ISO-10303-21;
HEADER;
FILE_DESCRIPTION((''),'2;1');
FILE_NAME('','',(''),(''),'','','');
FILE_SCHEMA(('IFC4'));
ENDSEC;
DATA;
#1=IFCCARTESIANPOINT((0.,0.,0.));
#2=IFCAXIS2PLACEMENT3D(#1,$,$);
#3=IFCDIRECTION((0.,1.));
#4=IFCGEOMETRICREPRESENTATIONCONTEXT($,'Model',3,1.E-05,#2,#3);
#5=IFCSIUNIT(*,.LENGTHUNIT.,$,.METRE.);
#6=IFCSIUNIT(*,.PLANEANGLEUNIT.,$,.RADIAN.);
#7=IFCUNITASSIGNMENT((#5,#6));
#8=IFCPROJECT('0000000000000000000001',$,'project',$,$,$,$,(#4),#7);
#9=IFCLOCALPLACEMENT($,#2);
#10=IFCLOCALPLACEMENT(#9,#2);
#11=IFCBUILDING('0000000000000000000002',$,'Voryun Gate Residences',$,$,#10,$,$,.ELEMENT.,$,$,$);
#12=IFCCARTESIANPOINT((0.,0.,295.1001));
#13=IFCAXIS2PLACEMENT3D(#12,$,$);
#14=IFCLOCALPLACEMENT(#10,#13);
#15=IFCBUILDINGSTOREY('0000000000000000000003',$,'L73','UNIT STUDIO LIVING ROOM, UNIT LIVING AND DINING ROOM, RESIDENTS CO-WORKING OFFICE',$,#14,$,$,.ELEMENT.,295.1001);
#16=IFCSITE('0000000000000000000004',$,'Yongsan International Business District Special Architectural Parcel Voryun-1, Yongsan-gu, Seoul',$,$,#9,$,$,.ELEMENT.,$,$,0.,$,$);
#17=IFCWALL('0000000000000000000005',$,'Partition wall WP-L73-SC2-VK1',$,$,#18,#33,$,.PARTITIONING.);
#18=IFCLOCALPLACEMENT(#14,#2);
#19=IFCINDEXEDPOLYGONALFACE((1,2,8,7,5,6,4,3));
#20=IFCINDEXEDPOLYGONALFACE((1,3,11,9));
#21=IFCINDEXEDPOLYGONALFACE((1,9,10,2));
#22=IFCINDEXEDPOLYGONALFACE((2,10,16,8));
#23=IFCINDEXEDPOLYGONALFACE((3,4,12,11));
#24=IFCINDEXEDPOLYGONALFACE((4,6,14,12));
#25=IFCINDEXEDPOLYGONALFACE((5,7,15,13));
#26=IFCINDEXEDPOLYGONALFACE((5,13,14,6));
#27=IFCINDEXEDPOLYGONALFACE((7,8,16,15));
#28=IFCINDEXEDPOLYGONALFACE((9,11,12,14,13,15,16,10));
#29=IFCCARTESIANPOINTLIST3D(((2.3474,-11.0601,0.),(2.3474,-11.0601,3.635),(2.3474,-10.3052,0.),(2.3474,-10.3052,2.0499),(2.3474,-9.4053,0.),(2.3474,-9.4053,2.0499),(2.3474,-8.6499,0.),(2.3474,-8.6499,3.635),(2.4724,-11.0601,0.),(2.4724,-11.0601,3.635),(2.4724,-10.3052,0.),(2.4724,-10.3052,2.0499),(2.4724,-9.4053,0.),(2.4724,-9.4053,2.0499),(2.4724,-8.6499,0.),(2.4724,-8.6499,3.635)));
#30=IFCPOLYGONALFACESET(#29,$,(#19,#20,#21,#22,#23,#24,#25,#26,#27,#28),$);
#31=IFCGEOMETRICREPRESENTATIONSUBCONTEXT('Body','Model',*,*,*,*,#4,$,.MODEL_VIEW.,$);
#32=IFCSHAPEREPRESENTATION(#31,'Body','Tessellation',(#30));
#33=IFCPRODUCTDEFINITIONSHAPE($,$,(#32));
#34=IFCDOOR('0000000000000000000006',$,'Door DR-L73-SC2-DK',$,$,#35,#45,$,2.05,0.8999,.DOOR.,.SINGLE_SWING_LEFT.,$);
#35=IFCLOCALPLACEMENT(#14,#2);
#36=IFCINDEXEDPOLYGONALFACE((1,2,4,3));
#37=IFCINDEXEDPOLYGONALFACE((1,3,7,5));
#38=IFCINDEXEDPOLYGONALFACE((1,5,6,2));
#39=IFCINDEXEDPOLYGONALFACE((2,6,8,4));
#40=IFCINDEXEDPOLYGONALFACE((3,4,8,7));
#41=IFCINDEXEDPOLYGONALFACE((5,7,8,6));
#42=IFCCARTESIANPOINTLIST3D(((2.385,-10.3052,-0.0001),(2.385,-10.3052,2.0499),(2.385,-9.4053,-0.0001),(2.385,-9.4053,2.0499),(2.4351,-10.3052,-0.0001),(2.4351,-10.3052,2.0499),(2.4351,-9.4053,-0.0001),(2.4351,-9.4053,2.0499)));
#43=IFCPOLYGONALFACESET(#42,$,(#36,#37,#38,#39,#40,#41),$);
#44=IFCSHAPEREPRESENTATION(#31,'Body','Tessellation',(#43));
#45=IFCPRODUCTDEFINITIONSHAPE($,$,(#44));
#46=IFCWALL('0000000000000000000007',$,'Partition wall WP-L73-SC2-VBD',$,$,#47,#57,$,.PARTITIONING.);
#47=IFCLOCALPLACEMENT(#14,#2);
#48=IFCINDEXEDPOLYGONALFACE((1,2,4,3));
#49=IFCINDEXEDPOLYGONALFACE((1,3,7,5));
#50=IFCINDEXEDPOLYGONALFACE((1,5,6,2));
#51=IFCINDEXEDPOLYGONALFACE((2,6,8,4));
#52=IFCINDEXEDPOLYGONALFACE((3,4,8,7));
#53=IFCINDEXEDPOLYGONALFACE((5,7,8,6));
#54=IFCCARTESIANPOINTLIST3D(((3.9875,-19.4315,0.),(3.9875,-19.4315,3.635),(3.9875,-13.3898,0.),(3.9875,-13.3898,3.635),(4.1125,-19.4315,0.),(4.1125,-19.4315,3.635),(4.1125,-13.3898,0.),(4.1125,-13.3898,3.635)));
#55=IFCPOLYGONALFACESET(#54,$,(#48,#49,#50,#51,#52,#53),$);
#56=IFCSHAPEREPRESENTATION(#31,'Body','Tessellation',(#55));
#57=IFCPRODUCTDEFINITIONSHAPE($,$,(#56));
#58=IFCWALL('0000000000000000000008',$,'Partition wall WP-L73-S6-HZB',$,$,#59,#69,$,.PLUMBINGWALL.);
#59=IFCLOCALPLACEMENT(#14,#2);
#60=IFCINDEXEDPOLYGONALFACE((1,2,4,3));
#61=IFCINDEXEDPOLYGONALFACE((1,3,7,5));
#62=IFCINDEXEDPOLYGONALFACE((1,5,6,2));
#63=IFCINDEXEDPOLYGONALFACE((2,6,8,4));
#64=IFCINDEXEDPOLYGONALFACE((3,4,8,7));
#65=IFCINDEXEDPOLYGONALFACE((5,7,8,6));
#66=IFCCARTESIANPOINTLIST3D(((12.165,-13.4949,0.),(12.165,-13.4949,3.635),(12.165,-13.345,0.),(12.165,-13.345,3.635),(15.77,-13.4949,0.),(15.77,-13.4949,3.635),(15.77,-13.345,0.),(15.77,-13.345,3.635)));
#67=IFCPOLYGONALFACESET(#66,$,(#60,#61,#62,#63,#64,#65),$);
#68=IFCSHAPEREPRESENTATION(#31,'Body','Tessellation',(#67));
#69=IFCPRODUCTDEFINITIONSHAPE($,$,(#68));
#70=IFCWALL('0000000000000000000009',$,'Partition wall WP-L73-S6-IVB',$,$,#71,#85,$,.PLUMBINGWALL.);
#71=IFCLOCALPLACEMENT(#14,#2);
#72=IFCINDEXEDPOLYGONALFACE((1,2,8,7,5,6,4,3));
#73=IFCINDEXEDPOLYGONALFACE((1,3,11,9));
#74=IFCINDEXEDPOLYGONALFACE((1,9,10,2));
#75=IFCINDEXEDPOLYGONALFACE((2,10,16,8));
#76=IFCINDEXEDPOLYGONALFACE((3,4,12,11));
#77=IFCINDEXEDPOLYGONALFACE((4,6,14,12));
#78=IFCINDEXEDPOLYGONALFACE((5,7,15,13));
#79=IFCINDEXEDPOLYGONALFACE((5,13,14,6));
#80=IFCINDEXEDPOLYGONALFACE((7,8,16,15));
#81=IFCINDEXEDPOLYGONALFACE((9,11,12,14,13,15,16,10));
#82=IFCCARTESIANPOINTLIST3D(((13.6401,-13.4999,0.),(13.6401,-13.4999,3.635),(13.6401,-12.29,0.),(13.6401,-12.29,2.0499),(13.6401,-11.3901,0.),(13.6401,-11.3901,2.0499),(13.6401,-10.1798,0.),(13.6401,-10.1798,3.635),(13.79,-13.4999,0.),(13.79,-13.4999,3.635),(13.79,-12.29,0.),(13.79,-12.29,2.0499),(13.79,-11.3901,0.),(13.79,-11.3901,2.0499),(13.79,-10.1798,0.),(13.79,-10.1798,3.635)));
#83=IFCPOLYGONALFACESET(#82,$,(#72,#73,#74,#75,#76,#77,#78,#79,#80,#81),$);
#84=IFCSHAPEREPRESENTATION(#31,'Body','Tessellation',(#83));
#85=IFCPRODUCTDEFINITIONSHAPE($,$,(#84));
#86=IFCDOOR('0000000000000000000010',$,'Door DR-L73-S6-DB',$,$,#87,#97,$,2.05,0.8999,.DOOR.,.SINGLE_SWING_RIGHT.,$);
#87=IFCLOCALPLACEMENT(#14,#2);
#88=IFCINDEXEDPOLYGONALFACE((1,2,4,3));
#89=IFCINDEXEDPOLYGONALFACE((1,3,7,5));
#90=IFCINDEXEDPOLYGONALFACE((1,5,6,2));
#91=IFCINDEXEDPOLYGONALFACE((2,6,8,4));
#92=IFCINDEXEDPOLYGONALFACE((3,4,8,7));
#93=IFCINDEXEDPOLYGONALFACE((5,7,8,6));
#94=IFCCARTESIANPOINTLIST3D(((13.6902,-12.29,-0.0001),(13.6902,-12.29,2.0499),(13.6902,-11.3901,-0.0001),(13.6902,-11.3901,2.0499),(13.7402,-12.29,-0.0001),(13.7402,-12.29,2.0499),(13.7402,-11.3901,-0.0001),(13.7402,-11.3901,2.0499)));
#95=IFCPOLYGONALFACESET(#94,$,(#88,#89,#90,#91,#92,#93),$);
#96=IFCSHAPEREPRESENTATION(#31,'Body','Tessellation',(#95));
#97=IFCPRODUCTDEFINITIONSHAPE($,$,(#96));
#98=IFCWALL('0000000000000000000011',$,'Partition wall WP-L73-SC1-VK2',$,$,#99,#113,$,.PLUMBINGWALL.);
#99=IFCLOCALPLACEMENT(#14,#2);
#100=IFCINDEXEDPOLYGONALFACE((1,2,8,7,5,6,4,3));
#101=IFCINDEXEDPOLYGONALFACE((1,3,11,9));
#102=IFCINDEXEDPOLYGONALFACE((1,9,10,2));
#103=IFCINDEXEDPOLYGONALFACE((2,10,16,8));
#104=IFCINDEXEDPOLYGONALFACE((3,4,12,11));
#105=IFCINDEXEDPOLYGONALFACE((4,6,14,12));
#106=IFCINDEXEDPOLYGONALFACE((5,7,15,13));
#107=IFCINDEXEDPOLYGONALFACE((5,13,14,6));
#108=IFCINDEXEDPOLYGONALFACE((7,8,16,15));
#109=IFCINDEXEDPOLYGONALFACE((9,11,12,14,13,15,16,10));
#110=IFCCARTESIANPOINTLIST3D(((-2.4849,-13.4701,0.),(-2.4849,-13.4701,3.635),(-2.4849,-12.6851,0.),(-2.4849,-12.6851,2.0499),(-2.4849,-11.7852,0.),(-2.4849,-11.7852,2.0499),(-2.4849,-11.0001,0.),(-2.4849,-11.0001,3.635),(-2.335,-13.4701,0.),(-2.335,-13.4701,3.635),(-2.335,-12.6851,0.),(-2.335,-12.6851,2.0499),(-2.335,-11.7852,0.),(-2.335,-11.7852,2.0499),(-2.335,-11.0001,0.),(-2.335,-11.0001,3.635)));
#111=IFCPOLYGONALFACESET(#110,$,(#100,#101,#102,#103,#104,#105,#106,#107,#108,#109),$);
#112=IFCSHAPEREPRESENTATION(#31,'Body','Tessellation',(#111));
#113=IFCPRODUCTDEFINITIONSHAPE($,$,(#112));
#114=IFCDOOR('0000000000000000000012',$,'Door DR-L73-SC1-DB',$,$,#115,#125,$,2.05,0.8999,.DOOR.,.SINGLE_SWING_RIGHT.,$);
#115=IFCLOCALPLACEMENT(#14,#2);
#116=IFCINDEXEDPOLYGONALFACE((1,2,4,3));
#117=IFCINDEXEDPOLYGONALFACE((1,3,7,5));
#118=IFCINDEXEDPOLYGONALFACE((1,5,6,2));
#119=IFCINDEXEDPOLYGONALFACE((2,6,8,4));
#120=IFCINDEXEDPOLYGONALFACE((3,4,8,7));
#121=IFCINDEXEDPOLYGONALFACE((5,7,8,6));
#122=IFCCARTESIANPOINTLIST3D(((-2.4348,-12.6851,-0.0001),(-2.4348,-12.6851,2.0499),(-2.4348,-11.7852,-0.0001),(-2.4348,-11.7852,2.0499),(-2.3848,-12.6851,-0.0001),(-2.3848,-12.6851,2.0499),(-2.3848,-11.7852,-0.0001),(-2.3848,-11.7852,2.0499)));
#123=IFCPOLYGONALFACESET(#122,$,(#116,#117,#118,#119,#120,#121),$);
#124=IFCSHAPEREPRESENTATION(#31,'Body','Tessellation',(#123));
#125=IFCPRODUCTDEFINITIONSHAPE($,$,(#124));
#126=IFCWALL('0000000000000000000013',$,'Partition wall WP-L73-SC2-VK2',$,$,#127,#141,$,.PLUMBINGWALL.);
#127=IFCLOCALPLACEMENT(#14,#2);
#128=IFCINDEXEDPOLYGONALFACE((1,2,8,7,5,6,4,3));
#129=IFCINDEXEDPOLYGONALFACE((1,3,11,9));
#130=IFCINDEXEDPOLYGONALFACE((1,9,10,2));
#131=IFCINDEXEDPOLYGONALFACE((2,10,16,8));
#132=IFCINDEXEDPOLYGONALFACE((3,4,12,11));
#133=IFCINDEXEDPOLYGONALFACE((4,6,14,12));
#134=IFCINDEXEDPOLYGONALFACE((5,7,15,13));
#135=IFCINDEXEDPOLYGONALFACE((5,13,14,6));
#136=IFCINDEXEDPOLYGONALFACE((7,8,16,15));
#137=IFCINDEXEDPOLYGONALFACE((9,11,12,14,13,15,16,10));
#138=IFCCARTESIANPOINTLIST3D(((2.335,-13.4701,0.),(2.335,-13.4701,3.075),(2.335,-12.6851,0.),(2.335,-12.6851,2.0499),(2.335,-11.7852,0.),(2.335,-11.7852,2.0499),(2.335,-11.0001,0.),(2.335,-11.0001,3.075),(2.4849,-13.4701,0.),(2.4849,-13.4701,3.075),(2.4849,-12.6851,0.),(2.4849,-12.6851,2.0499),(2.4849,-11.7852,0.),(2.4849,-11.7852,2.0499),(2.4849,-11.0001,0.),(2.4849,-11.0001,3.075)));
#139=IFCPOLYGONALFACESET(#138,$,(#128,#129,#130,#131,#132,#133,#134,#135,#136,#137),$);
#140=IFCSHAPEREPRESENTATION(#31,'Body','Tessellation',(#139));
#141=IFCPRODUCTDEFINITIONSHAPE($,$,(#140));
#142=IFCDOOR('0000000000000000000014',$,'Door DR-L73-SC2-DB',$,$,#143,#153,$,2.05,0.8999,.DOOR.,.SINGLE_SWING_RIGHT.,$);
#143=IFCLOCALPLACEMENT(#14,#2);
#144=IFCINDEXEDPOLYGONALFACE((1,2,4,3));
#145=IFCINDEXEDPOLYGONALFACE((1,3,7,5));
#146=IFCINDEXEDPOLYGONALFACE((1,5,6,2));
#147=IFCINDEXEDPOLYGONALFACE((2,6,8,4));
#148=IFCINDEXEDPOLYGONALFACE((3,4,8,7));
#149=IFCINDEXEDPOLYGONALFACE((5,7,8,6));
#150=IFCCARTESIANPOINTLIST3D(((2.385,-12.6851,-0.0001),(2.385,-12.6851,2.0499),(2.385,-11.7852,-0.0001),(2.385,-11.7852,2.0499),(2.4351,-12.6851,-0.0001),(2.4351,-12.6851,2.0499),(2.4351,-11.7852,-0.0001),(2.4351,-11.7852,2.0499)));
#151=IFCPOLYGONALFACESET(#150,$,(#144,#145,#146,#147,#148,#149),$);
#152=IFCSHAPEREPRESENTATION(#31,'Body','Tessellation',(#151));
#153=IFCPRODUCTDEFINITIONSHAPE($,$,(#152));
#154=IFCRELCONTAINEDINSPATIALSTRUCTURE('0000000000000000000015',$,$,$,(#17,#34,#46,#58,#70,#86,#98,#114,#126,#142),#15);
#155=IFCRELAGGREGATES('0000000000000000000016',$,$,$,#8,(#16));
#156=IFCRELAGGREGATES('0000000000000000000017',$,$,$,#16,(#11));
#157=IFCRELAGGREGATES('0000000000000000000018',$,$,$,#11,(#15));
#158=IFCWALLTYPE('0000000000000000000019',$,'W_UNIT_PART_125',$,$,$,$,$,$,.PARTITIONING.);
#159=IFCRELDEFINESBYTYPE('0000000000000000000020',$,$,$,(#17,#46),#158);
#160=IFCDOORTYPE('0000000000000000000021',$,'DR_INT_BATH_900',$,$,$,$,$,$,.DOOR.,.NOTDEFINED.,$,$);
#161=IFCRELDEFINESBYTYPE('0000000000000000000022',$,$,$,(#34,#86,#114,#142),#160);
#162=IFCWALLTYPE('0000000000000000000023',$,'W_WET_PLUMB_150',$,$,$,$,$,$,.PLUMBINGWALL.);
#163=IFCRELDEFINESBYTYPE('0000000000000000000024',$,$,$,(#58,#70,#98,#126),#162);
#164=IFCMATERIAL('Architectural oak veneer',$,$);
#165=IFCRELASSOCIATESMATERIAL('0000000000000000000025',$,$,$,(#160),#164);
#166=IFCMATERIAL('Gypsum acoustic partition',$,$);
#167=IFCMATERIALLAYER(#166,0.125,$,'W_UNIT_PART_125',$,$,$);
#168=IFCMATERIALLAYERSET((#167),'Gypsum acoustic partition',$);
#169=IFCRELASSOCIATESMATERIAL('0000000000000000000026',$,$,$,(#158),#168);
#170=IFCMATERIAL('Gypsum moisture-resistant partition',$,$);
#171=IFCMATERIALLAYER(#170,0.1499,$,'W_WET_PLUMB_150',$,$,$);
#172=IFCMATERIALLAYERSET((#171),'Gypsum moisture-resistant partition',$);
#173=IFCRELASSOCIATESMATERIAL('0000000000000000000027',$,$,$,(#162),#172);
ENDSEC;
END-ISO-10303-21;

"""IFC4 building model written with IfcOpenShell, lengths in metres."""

from ifc_helpers import new_model, si_unit, direction, frame, frame_2d, origin, place, context, subcontext, project, spatial, rectangle, extrude, material, layer, layer_set, type_object, element, fill, save


model = new_model("IFC4")

# Units and contexts
model_context = context("Model", 3, precision=1e-05, world=origin(), true_north=direction((0.0, 1.0)))
body_context = subcontext(model_context, "Body", "Model", "MODEL_VIEW")
ifc_project = project(units=[si_unit("LENGTHUNIT", "METRE"), si_unit("PLANEANGLEUNIT", "RADIAN")], contexts=[model_context])

# Site, building, storey
site_placement = place(None, origin())
site = spatial("IfcSite", under=ifc_project, at=site_placement, Name="Yongsan International Business District Special Architectural Parcel Voryun-1, Yongsan-gu, Seoul", CompositionType="ELEMENT", RefElevation=0.0)
building_placement = place(site_placement, origin())
building = spatial("IfcBuilding", under=site, at=building_placement, Name="Voryun Gate Residences", CompositionType="ELEMENT")
storey_placement = place(building_placement, frame((0.0, 0.0, 295.1001)))
storey = spatial("IfcBuildingStorey", under=building, at=storey_placement, Name="L73", Description="UNIT STUDIO LIVING ROOM, UNIT LIVING AND DINING ROOM, RESIDENTS CO-WORKING OFFICE", CompositionType="ELEMENT", Elevation=295.1001)

# Shared definitions
ifc_material_1 = material(Name="Architectural oak veneer")
door_type_1 = type_object("IfcDoorType", Name="DR_INT_BATH_900", OperationType="NOTDEFINED", PredefinedType="DOOR", material=ifc_material_1)

# Shared definitions
ifc_material_2 = material(Name="Gypsum acoustic partition")
ifc_layer_1 = layer(ifc_material_2, 0.125, Name="W_UNIT_PART_125")
ifc_layer_set_1 = layer_set([ifc_layer_1], Name="Gypsum acoustic partition")
wall_type_1 = type_object("IfcWallType", Name="W_UNIT_PART_125", PredefinedType="PARTITIONING", material=ifc_layer_set_1)

# Wall, opening, door
wall_1_placement = place(storey_placement, frame((2.4099, -11.0601, 0.0), z_axis=(0.0, 0.0, 1.0), x_axis=(0.0, 1.0, 0.0)))
wall_1 = element("IfcWall", 1, at=wall_1_placement, inside=storey, type_object=wall_type_1, Name="Partition wall WP-L73-SC2-VK1", PredefinedType="PARTITIONING", context=body_context, shape_type="SweptSolid", body=[
    extrude(rectangle(XDim=2.4102, YDim=0.125, at=frame_2d((1.2051, 0.0))), origin(), (0.0, 0.0, 1.0), 3.635),
])
opening_1_placement = place(wall_1_placement, frame((0.7549, 0.0, 0.0)))
opening_1 = element("IfcOpeningElement", 2, at=opening_1_placement, cuts=wall_1, PredefinedType="OPENING", context=body_context, shape_type="SweptSolid", body=[
    extrude(rectangle(XDim=0.8999, YDim=2.05, at=frame_2d((0.45, 1.0249))), frame((0.0, 0.0725, 0.0), z_axis=(0.0, -1.0, 0.0), x_axis=(1.0, 0.0, 0.0)), (0.0, 0.0, 1.0), 0.145),
])
door_1_placement = place(opening_1_placement, origin())
door_1 = element("IfcDoor", 3, at=door_1_placement, inside=storey, type_object=door_type_1, Name="Door DR-L73-SC2-DK", OperationType="SINGLE_SWING_LEFT", OverallHeight=2.05, OverallWidth=0.8999, PredefinedType="DOOR", context=body_context, shape_type="SweptSolid", body=[
    extrude(rectangle(XDim=0.8999, YDim=2.05, at=frame_2d((0.45, 1.0249))), frame((0.0, 0.0249, 0.0), z_axis=(0.0, -1.0, 0.0), x_axis=(1.0, 0.0, 0.0)), (0.0, 0.0, 1.0), 0.05),
])
fill(opening_1, door_1)

# Walls
wall_2_placement = place(storey_placement, frame((4.05, -19.4316, 0.0), z_axis=(0.0, 0.0, 1.0), x_axis=(0.0, 1.0, 0.0)))
element("IfcWall", 4, at=wall_2_placement, inside=storey, type_object=wall_type_1, Name="Partition wall WP-L73-SC2-VBD", PredefinedType="PARTITIONING", context=body_context, shape_type="SweptSolid", body=[
    extrude(rectangle(XDim=6.0417, YDim=0.125, at=frame_2d((3.021, 0.0))), origin(), (0.0, 0.0, 1.0), 3.635),
])
ifc_material_3 = material(Name="Gypsum moisture-resistant partition")
ifc_layer_2 = layer(ifc_material_3, 0.1499, Name="W_WET_PLUMB_150")
ifc_layer_set_2 = layer_set([ifc_layer_2], Name="Gypsum moisture-resistant partition")
wall_type_2 = type_object("IfcWallType", Name="W_WET_PLUMB_150", PredefinedType="PLUMBINGWALL", material=ifc_layer_set_2)
wall_3_placement = place(storey_placement, frame((12.165, -13.4199, 0.0), z_axis=(0.0, 0.0, 1.0), x_axis=(1.0, 0.0, 0.0)))
element("IfcWall", 5, at=wall_3_placement, inside=storey, type_object=wall_type_2, Name="Partition wall WP-L73-S6-HZB", PredefinedType="PLUMBINGWALL", context=body_context, shape_type="SweptSolid", body=[
    extrude(rectangle(XDim=3.605, YDim=0.1499, at=frame_2d((1.8025, 0.0))), origin(), (0.0, 0.0, 1.0), 3.635),
])

# Walls, openings, doors
wall_4_placement = place(storey_placement, frame((13.7151, -13.5, 0.0), z_axis=(0.0, 0.0, 1.0), x_axis=(0.0, 1.0, 0.0)))
wall_4 = element("IfcWall", 6, at=wall_4_placement, inside=storey, type_object=wall_type_2, Name="Partition wall WP-L73-S6-IVB", PredefinedType="PLUMBINGWALL", context=body_context, shape_type="SweptSolid", body=[
    extrude(rectangle(XDim=3.3201, YDim=0.1499, at=frame_2d((1.6602, 0.0))), origin(), (0.0, 0.0, 1.0), 3.635),
])
opening_2_placement = place(wall_4_placement, frame((1.21, 0.0, 0.0)))
opening_2 = element("IfcOpeningElement", 7, at=opening_2_placement, cuts=wall_4, PredefinedType="OPENING", context=body_context, shape_type="SweptSolid", body=[
    extrude(rectangle(XDim=0.8999, YDim=2.05, at=frame_2d((0.45, 1.0249))), frame((0.0, 0.085, 0.0), z_axis=(0.0, -1.0, 0.0), x_axis=(1.0, 0.0, 0.0)), (0.0, 0.0, 1.0), 0.1699),
])
door_2_placement = place(opening_2_placement, origin())
door_2 = element("IfcDoor", 8, at=door_2_placement, inside=storey, type_object=door_type_1, Name="Door DR-L73-S6-DB", OperationType="SINGLE_SWING_RIGHT", OverallHeight=2.05, OverallWidth=0.8999, PredefinedType="DOOR", context=body_context, shape_type="SweptSolid", body=[
    extrude(rectangle(XDim=0.8999, YDim=2.05, at=frame_2d((0.45, 1.0249))), frame((0.0, 0.0249, 0.0), z_axis=(0.0, -1.0, 0.0), x_axis=(1.0, 0.0, 0.0)), (0.0, 0.0, 1.0), 0.05),
])
fill(opening_2, door_2)
wall_5_placement = place(storey_placement, frame((-2.4099, -13.47, 0.0), z_axis=(0.0, 0.0, 1.0), x_axis=(0.0, 1.0, 0.0)))
wall_5 = element("IfcWall", 9, at=wall_5_placement, inside=storey, type_object=wall_type_2, Name="Partition wall WP-L73-SC1-VK2", PredefinedType="PLUMBINGWALL", context=body_context, shape_type="SweptSolid", body=[
    extrude(rectangle(XDim=2.47, YDim=0.1499, at=frame_2d((1.2349, 0.0))), origin(), (0.0, 0.0, 1.0), 3.635),
])
opening_3_placement = place(wall_5_placement, frame((0.7849, 0.0, 0.0)))
opening_3 = element("IfcOpeningElement", 10, at=opening_3_placement, cuts=wall_5, PredefinedType="OPENING", context=body_context, shape_type="SweptSolid", body=[
    extrude(rectangle(XDim=0.8999, YDim=2.05, at=frame_2d((0.45, 1.0249))), frame((0.0, 0.085, 0.0), z_axis=(0.0, -1.0, 0.0), x_axis=(1.0, 0.0, 0.0)), (0.0, 0.0, 1.0), 0.1699),
])
door_3_placement = place(opening_3_placement, origin())
door_3 = element("IfcDoor", 11, at=door_3_placement, inside=storey, type_object=door_type_1, Name="Door DR-L73-SC1-DB", OperationType="SINGLE_SWING_RIGHT", OverallHeight=2.05, OverallWidth=0.8999, PredefinedType="DOOR", context=body_context, shape_type="SweptSolid", body=[
    extrude(rectangle(XDim=0.8999, YDim=2.05, at=frame_2d((0.45, 1.0249))), frame((0.0, 0.0249, 0.0), z_axis=(0.0, -1.0, 0.0), x_axis=(1.0, 0.0, 0.0)), (0.0, 0.0, 1.0), 0.05),
])
fill(opening_3, door_3)
wall_6_placement = place(storey_placement, frame((2.4099, -13.47, 0.0), z_axis=(0.0, 0.0, 1.0), x_axis=(0.0, 1.0, 0.0)))
wall_6 = element("IfcWall", 12, at=wall_6_placement, inside=storey, type_object=wall_type_2, Name="Partition wall WP-L73-SC2-VK2", PredefinedType="PLUMBINGWALL", context=body_context, shape_type="SweptSolid", body=[
    extrude(rectangle(XDim=2.47, YDim=0.1499, at=frame_2d((1.2349, 0.0))), origin(), (0.0, 0.0, 1.0), 3.075),
])
opening_4_placement = place(wall_6_placement, frame((0.7849, 0.0, 0.0)))
opening_4 = element("IfcOpeningElement", 13, at=opening_4_placement, cuts=wall_6, PredefinedType="OPENING", context=body_context, shape_type="SweptSolid", body=[
    extrude(rectangle(XDim=0.8999, YDim=2.05, at=frame_2d((0.45, 1.0249))), frame((0.0, 0.085, 0.0), z_axis=(0.0, -1.0, 0.0), x_axis=(1.0, 0.0, 0.0)), (0.0, 0.0, 1.0), 0.1699),
])
door_4_placement = place(opening_4_placement, origin())
door_4 = element("IfcDoor", 14, at=door_4_placement, inside=storey, type_object=door_type_1, Name="Door DR-L73-SC2-DB", OperationType="SINGLE_SWING_RIGHT", OverallHeight=2.05, OverallWidth=0.8999, PredefinedType="DOOR", context=body_context, shape_type="SweptSolid", body=[
    extrude(rectangle(XDim=0.8999, YDim=2.05, at=frame_2d((0.45, 1.0249))), frame((0.0, 0.0249, 0.0), z_axis=(0.0, -1.0, 0.0), x_axis=(1.0, 0.0, 0.0)), (0.0, 0.0, 1.0), 0.05),
])
fill(opening_4, door_4)

save(model, "model.ifc")
